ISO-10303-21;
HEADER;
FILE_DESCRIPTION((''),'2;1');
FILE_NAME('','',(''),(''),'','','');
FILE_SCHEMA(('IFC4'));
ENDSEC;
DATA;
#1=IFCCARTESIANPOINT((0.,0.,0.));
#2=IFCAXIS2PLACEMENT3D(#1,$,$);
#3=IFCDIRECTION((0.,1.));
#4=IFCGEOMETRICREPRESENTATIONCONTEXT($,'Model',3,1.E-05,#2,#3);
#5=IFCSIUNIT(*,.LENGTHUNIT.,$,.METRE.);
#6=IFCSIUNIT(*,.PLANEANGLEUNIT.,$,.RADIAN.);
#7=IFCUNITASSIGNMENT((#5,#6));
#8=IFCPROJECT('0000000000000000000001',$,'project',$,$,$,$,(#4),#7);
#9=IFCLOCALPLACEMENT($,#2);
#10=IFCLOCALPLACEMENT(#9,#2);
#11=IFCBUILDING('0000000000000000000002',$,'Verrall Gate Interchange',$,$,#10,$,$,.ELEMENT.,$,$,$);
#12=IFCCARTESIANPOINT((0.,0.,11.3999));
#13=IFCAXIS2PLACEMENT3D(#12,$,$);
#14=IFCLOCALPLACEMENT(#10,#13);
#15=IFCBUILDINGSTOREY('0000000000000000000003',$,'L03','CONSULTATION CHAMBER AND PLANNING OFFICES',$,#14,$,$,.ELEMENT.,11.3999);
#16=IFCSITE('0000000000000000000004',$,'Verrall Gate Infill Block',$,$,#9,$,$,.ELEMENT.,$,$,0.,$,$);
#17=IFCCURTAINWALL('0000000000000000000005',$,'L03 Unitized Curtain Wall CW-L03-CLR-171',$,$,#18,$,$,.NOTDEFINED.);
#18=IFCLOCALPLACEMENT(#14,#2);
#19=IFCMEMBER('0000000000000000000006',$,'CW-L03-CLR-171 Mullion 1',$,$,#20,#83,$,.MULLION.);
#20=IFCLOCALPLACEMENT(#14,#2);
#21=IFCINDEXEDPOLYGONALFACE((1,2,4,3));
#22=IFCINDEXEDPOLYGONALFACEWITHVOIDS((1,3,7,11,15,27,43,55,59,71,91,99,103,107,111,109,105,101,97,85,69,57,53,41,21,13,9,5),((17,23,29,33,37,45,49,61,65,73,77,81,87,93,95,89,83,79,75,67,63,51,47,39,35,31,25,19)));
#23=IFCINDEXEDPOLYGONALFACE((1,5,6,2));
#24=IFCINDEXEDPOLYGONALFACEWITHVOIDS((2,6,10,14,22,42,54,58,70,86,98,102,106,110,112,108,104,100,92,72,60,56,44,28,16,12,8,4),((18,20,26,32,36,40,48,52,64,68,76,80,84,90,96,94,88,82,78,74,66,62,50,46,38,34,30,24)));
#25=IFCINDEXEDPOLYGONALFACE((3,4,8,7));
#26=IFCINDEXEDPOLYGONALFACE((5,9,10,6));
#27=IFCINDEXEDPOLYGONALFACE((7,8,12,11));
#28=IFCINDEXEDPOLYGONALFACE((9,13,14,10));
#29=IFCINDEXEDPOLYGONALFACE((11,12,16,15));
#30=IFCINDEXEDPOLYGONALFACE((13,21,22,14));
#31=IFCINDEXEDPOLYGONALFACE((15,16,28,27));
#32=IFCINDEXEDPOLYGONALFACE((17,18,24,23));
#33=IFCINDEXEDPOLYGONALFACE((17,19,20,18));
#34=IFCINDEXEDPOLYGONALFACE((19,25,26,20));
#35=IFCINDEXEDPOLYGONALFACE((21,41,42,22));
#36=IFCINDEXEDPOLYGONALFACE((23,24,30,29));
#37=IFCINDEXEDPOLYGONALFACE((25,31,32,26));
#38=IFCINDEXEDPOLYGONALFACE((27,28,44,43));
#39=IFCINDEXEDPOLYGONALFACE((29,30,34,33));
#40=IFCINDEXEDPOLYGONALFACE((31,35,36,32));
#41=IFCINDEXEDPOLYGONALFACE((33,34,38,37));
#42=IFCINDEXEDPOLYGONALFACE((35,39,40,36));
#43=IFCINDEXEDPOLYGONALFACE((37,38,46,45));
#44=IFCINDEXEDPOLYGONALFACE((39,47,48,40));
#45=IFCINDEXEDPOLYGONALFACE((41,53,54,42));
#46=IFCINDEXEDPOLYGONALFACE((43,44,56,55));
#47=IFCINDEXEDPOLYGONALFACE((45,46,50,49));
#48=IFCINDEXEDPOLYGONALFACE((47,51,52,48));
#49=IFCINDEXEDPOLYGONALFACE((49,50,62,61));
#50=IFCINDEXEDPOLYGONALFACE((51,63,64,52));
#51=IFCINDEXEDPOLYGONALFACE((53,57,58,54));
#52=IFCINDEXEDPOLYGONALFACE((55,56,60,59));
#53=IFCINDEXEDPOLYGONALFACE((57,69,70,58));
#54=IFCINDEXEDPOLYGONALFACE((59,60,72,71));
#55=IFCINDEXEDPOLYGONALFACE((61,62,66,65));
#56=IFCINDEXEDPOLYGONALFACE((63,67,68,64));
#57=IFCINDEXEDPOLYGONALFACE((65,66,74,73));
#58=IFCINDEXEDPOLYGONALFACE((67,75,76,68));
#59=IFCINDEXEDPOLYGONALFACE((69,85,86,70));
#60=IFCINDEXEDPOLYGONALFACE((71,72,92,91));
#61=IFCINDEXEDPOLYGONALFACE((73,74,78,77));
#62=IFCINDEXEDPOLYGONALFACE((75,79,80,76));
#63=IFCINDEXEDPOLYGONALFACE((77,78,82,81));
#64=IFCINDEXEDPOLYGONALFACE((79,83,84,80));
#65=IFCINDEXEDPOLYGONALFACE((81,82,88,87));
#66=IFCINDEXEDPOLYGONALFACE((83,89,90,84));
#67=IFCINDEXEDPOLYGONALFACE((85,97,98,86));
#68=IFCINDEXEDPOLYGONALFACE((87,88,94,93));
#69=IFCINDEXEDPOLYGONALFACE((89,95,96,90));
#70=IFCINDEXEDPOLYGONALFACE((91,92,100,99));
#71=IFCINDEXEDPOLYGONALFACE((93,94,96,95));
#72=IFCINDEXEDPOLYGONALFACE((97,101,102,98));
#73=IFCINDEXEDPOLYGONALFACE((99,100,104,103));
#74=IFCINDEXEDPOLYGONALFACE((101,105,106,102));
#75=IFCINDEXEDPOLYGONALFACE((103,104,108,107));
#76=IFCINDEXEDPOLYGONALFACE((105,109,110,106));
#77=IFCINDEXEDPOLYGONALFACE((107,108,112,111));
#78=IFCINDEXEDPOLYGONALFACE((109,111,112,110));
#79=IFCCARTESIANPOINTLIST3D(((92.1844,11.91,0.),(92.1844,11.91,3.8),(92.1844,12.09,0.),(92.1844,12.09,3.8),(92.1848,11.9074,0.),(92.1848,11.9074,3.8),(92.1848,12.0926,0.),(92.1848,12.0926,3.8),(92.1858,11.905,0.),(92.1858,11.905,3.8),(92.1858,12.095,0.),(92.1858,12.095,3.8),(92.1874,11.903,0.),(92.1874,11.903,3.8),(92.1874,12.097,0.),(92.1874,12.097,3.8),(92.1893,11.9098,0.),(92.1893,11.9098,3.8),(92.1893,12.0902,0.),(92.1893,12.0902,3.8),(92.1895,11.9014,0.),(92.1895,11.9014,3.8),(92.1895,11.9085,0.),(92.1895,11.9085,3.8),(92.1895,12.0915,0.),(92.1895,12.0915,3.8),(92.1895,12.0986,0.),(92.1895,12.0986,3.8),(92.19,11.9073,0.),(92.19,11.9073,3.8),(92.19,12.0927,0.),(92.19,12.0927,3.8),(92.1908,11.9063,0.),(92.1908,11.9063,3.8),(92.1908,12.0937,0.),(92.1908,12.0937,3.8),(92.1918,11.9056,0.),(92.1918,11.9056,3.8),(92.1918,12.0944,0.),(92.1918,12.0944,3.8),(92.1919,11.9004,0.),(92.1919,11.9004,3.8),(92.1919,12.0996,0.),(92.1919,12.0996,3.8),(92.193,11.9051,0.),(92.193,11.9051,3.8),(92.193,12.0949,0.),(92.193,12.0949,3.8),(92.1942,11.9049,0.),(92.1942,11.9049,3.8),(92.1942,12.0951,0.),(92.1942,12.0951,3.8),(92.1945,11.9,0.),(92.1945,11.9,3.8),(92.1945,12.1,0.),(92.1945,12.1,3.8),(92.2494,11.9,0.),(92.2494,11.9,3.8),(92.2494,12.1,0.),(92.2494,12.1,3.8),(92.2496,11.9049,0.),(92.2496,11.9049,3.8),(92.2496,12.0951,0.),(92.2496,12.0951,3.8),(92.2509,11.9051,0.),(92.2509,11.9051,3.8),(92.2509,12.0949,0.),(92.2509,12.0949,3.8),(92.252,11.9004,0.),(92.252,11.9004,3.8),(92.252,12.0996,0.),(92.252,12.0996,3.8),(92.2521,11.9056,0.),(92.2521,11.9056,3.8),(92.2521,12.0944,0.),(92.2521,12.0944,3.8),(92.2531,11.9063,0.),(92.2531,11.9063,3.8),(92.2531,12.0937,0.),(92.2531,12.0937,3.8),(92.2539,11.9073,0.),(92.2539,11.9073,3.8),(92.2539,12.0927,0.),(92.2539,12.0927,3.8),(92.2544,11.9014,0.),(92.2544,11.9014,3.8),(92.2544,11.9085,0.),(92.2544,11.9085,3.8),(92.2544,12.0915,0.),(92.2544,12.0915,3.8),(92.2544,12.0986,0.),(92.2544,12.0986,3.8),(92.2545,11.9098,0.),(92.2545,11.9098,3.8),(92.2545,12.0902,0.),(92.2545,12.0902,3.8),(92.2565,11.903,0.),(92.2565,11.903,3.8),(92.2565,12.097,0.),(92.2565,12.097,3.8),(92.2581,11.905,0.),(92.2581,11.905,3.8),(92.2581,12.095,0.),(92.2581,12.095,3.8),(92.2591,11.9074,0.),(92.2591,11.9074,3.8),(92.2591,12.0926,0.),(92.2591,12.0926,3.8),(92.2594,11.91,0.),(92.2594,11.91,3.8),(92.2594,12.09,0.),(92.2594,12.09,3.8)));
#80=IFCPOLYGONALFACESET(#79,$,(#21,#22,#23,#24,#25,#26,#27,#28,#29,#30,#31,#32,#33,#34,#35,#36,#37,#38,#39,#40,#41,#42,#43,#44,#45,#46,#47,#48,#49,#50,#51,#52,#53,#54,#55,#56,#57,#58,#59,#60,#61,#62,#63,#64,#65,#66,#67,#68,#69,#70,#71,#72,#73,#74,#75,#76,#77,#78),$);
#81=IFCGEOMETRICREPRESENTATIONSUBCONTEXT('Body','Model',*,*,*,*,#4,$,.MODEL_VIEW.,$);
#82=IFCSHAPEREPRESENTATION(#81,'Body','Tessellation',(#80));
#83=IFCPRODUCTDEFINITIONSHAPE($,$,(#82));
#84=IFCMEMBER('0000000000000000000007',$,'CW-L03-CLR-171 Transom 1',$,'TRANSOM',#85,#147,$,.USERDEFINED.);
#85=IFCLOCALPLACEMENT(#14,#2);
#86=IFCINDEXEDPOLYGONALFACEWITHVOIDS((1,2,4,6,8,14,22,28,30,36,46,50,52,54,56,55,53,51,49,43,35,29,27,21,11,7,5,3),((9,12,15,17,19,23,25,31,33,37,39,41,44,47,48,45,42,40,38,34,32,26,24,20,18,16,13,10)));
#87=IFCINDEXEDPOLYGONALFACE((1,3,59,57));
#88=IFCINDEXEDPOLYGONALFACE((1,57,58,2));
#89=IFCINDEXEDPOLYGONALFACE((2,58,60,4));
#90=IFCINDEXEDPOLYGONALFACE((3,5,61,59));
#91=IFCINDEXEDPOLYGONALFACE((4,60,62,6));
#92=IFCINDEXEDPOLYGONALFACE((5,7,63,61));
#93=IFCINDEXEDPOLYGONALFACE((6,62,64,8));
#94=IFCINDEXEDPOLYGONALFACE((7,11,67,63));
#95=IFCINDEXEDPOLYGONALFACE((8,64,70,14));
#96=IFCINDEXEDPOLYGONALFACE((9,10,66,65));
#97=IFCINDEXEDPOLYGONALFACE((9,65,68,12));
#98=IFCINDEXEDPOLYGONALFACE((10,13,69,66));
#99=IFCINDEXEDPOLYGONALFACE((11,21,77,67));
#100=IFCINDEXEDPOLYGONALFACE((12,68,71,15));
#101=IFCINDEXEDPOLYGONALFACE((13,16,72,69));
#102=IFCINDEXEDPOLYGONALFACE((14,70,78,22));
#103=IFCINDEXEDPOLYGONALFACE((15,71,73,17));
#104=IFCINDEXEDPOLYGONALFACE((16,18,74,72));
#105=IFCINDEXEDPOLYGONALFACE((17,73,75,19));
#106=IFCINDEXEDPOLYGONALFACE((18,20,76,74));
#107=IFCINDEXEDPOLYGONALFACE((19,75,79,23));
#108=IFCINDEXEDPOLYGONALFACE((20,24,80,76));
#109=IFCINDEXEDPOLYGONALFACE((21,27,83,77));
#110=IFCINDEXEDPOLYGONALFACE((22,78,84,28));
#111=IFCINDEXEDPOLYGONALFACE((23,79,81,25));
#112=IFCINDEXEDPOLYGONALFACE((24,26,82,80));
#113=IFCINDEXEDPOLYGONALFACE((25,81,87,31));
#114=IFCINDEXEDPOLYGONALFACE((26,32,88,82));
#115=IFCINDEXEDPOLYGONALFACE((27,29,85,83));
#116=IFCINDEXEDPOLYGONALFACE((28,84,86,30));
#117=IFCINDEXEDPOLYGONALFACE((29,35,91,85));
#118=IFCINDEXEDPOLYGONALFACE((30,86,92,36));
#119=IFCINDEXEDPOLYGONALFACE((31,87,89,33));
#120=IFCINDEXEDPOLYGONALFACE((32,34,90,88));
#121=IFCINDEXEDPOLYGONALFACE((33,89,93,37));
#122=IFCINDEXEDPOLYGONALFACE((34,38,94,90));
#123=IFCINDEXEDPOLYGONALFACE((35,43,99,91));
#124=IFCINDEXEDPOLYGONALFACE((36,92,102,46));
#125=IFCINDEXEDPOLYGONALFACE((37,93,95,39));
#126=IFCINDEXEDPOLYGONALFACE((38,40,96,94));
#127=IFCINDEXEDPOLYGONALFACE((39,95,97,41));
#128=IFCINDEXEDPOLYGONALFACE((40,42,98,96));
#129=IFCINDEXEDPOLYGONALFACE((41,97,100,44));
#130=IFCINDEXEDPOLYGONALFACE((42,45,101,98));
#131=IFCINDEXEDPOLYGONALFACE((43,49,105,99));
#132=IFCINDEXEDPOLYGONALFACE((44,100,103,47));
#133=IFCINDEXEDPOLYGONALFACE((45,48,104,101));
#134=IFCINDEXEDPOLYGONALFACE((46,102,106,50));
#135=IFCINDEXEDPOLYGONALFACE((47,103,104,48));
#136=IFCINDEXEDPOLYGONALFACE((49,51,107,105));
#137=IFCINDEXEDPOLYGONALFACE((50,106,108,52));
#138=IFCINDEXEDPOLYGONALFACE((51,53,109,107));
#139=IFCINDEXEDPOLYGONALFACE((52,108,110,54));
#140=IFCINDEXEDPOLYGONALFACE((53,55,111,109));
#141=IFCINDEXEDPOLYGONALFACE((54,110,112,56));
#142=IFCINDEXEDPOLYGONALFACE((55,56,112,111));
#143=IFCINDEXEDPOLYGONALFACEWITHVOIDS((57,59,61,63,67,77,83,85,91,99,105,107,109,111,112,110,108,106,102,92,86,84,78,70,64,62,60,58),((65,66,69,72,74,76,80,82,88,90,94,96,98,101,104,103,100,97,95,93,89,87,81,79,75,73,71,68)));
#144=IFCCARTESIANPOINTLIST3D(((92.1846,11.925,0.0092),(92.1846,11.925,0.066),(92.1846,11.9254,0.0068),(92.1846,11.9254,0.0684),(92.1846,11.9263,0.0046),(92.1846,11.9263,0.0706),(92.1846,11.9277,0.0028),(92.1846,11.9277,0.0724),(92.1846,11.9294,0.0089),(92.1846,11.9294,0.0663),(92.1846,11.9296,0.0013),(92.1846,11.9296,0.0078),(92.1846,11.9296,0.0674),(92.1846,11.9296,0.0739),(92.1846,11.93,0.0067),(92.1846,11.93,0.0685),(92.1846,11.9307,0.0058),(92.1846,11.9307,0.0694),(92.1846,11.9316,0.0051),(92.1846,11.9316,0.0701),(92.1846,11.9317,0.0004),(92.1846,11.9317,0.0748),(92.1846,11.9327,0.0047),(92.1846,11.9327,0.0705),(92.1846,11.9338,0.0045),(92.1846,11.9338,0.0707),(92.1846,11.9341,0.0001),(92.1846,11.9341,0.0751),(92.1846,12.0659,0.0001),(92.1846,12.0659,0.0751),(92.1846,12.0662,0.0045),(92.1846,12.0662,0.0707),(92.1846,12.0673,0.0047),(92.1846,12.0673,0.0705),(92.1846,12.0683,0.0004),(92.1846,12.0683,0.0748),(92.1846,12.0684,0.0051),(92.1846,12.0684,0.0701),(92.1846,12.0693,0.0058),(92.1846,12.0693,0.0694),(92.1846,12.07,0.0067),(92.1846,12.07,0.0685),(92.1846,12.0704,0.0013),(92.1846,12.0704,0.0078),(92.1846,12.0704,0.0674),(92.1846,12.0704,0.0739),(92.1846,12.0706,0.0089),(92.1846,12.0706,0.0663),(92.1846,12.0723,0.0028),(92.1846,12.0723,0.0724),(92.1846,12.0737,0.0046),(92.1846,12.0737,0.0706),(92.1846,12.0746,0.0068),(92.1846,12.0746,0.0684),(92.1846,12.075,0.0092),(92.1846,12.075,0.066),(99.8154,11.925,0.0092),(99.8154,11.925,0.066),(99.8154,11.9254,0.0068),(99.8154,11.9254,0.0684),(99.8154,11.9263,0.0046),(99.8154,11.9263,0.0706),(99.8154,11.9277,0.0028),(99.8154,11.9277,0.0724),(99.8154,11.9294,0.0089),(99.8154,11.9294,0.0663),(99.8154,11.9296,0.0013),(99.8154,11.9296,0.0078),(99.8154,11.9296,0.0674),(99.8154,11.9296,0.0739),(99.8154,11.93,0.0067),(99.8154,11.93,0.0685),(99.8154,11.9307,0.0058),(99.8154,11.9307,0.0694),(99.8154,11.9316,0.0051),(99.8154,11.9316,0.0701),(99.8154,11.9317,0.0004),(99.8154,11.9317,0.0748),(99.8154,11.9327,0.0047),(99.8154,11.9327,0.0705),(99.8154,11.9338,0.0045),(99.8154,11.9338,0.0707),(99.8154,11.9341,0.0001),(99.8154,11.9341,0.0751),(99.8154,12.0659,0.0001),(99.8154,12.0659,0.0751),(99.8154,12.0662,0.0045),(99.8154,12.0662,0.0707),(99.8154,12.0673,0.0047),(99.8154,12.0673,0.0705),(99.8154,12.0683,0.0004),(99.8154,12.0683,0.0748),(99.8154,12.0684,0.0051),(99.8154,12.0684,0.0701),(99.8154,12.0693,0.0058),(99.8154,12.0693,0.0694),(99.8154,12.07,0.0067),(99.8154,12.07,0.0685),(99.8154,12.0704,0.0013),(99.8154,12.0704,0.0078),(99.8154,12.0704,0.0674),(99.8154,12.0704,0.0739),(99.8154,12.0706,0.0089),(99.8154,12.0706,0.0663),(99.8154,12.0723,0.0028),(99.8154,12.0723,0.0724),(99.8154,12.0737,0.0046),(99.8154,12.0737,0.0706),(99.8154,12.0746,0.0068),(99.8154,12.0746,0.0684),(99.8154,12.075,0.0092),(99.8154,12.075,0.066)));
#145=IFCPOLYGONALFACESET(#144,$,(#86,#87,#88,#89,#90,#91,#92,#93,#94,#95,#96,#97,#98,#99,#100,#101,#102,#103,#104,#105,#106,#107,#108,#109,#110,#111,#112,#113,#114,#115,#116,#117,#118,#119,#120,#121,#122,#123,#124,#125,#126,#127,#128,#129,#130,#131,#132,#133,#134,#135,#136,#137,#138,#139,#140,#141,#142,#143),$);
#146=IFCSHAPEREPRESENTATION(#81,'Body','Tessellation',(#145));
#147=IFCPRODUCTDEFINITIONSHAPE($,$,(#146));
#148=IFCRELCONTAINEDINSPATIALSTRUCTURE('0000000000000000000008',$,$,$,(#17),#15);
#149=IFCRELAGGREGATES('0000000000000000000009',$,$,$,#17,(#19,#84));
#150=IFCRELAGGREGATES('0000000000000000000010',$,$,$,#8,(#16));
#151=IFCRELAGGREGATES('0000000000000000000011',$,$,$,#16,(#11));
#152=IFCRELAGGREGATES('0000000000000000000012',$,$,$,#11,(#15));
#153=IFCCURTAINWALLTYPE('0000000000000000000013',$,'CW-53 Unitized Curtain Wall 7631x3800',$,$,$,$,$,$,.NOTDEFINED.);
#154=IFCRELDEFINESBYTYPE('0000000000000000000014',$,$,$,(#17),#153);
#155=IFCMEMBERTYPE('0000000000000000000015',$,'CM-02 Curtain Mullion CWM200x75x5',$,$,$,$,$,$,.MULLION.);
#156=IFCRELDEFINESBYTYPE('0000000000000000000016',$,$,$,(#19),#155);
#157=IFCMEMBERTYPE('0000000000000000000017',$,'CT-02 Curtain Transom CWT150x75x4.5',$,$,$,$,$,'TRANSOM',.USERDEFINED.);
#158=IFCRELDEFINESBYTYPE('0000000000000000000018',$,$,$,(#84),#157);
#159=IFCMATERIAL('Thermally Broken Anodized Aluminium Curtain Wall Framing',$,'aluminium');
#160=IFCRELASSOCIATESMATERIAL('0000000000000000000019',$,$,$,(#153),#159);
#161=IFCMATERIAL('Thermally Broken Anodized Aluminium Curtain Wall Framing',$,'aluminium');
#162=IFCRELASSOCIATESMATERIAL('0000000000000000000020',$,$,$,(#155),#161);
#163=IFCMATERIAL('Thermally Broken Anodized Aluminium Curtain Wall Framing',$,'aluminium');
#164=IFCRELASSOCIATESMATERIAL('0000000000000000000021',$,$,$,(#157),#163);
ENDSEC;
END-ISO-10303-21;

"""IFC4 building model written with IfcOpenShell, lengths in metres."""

from ifc_helpers import new_model, si_unit, direction, frame, origin, origin_2d, place, context, subcontext, project, spatial, hollow_rectangle, extrude, material, material_profile, profile_set, type_object, element, aggregate, save


model = new_model("IFC4")

# Units and contexts
model_context = context("Model", 3, precision=1e-05, world=origin(), true_north=direction((0.0, 1.0)))
body_context = subcontext(model_context, "Body", "Model", "MODEL_VIEW")
ifc_project = project(units=[si_unit("LENGTHUNIT", "METRE"), si_unit("PLANEANGLEUNIT", "RADIAN")], contexts=[model_context])

# Site, building, storey
site_placement = place(None, origin())
site = spatial("IfcSite", under=ifc_project, at=site_placement, Name="Verrall Gate Infill Block", CompositionType="ELEMENT", RefElevation=0.0)
building_placement = place(site_placement, origin())
building = spatial("IfcBuilding", under=site, at=building_placement, Name="Verrall Gate Interchange", CompositionType="ELEMENT")
storey_placement = place(building_placement, frame((0.0, 0.0, 11.3999)))
storey = spatial("IfcBuildingStorey", under=building, at=storey_placement, Name="L03", Description="CONSULTATION CHAMBER AND PLANNING OFFICES", CompositionType="ELEMENT", Elevation=11.3999)

# Curtain wall, members
ifc_material_1 = material(Name="Thermally Broken Anodized Aluminium Curtain Wall Framing", Category="aluminium")
curtain_wall_type = type_object("IfcCurtainWallType", Name="CW-53 Unitized Curtain Wall 7631x3800", PredefinedType="NOTDEFINED", material=ifc_material_1)
ifc_material_2 = material(Name="Thermally Broken Anodized Aluminium Curtain Wall Framing", Category="aluminium")
ifc_material_profile_1 = material_profile(ifc_material_2, hollow_rectangle(XDim=0.075, YDim=0.2, WallThickness=0.0049, InnerFilletRadius=0.0049, OuterFilletRadius=0.01, at=origin_2d()), Name="CWM200x75x5")
ifc_profile_set_1 = profile_set([ifc_material_profile_1], Name="Thermally Broken Anodized Aluminium Curtain Wall Framing")
member_type_1 = type_object("IfcMemberType", Name="CM-02 Curtain Mullion CWM200x75x5", PredefinedType="MULLION", material=ifc_profile_set_1)
curtain_wall_1_placement = place(storey_placement, origin())
curtain_wall_1 = element("IfcCurtainWall", 1, at=curtain_wall_1_placement, inside=storey, type_object=curtain_wall_type, Name="L03 Unitized Curtain Wall CW-L03-CLR-171", PredefinedType="NOTDEFINED")
member_1_placement = place(storey_placement, frame((92.2219, 12.0, 0.0), z_axis=(0.0, 0.0, 1.0), x_axis=(1.0, 0.0, 0.0)))
member_1 = element("IfcMember", 2, at=member_1_placement, type_object=member_type_1, Name="CW-L03-CLR-171 Mullion 1", PredefinedType="MULLION", context=body_context, shape_type="SweptSolid", body=[
    extrude(hollow_rectangle(XDim=0.075, YDim=0.2, WallThickness=0.0049, InnerFilletRadius=0.0049, OuterFilletRadius=0.01, at=origin_2d()), origin(), (0.0, 0.0, 1.0), 3.8),
])
ifc_material_3 = material(Name="Thermally Broken Anodized Aluminium Curtain Wall Framing", Category="aluminium")
ifc_material_profile_2 = material_profile(ifc_material_3, hollow_rectangle(XDim=0.1499, YDim=0.075, WallThickness=0.0044, InnerFilletRadius=0.0044, OuterFilletRadius=0.009, at=origin_2d()), Name="CWT150x75x4.5")
ifc_profile_set_2 = profile_set([ifc_material_profile_2], Name="Thermally Broken Anodized Aluminium Curtain Wall Framing")
member_type_2 = type_object("IfcMemberType", Name="CT-02 Curtain Transom CWT150x75x4.5", ElementType="TRANSOM", PredefinedType="USERDEFINED", material=ifc_profile_set_2)
member_2_placement = place(storey_placement, frame((92.1846, 12.0, 0.0376), z_axis=(1.0, 0.0, 0.0), x_axis=(0.0, 1.0, 0.0)))
member_2 = element("IfcMember", 3, at=member_2_placement, type_object=member_type_2, Name="CW-L03-CLR-171 Transom 1", ObjectType="TRANSOM", PredefinedType="USERDEFINED", context=body_context, shape_type="SweptSolid", body=[
    extrude(hollow_rectangle(XDim=0.1499, YDim=0.075, WallThickness=0.0044, InnerFilletRadius=0.0044, OuterFilletRadius=0.009, at=origin_2d()), origin(), (0.0, 0.0, 1.0), 7.6309),
])

aggregate(curtain_wall_1, [member_1, member_2])

save(model, "model.ifc")
